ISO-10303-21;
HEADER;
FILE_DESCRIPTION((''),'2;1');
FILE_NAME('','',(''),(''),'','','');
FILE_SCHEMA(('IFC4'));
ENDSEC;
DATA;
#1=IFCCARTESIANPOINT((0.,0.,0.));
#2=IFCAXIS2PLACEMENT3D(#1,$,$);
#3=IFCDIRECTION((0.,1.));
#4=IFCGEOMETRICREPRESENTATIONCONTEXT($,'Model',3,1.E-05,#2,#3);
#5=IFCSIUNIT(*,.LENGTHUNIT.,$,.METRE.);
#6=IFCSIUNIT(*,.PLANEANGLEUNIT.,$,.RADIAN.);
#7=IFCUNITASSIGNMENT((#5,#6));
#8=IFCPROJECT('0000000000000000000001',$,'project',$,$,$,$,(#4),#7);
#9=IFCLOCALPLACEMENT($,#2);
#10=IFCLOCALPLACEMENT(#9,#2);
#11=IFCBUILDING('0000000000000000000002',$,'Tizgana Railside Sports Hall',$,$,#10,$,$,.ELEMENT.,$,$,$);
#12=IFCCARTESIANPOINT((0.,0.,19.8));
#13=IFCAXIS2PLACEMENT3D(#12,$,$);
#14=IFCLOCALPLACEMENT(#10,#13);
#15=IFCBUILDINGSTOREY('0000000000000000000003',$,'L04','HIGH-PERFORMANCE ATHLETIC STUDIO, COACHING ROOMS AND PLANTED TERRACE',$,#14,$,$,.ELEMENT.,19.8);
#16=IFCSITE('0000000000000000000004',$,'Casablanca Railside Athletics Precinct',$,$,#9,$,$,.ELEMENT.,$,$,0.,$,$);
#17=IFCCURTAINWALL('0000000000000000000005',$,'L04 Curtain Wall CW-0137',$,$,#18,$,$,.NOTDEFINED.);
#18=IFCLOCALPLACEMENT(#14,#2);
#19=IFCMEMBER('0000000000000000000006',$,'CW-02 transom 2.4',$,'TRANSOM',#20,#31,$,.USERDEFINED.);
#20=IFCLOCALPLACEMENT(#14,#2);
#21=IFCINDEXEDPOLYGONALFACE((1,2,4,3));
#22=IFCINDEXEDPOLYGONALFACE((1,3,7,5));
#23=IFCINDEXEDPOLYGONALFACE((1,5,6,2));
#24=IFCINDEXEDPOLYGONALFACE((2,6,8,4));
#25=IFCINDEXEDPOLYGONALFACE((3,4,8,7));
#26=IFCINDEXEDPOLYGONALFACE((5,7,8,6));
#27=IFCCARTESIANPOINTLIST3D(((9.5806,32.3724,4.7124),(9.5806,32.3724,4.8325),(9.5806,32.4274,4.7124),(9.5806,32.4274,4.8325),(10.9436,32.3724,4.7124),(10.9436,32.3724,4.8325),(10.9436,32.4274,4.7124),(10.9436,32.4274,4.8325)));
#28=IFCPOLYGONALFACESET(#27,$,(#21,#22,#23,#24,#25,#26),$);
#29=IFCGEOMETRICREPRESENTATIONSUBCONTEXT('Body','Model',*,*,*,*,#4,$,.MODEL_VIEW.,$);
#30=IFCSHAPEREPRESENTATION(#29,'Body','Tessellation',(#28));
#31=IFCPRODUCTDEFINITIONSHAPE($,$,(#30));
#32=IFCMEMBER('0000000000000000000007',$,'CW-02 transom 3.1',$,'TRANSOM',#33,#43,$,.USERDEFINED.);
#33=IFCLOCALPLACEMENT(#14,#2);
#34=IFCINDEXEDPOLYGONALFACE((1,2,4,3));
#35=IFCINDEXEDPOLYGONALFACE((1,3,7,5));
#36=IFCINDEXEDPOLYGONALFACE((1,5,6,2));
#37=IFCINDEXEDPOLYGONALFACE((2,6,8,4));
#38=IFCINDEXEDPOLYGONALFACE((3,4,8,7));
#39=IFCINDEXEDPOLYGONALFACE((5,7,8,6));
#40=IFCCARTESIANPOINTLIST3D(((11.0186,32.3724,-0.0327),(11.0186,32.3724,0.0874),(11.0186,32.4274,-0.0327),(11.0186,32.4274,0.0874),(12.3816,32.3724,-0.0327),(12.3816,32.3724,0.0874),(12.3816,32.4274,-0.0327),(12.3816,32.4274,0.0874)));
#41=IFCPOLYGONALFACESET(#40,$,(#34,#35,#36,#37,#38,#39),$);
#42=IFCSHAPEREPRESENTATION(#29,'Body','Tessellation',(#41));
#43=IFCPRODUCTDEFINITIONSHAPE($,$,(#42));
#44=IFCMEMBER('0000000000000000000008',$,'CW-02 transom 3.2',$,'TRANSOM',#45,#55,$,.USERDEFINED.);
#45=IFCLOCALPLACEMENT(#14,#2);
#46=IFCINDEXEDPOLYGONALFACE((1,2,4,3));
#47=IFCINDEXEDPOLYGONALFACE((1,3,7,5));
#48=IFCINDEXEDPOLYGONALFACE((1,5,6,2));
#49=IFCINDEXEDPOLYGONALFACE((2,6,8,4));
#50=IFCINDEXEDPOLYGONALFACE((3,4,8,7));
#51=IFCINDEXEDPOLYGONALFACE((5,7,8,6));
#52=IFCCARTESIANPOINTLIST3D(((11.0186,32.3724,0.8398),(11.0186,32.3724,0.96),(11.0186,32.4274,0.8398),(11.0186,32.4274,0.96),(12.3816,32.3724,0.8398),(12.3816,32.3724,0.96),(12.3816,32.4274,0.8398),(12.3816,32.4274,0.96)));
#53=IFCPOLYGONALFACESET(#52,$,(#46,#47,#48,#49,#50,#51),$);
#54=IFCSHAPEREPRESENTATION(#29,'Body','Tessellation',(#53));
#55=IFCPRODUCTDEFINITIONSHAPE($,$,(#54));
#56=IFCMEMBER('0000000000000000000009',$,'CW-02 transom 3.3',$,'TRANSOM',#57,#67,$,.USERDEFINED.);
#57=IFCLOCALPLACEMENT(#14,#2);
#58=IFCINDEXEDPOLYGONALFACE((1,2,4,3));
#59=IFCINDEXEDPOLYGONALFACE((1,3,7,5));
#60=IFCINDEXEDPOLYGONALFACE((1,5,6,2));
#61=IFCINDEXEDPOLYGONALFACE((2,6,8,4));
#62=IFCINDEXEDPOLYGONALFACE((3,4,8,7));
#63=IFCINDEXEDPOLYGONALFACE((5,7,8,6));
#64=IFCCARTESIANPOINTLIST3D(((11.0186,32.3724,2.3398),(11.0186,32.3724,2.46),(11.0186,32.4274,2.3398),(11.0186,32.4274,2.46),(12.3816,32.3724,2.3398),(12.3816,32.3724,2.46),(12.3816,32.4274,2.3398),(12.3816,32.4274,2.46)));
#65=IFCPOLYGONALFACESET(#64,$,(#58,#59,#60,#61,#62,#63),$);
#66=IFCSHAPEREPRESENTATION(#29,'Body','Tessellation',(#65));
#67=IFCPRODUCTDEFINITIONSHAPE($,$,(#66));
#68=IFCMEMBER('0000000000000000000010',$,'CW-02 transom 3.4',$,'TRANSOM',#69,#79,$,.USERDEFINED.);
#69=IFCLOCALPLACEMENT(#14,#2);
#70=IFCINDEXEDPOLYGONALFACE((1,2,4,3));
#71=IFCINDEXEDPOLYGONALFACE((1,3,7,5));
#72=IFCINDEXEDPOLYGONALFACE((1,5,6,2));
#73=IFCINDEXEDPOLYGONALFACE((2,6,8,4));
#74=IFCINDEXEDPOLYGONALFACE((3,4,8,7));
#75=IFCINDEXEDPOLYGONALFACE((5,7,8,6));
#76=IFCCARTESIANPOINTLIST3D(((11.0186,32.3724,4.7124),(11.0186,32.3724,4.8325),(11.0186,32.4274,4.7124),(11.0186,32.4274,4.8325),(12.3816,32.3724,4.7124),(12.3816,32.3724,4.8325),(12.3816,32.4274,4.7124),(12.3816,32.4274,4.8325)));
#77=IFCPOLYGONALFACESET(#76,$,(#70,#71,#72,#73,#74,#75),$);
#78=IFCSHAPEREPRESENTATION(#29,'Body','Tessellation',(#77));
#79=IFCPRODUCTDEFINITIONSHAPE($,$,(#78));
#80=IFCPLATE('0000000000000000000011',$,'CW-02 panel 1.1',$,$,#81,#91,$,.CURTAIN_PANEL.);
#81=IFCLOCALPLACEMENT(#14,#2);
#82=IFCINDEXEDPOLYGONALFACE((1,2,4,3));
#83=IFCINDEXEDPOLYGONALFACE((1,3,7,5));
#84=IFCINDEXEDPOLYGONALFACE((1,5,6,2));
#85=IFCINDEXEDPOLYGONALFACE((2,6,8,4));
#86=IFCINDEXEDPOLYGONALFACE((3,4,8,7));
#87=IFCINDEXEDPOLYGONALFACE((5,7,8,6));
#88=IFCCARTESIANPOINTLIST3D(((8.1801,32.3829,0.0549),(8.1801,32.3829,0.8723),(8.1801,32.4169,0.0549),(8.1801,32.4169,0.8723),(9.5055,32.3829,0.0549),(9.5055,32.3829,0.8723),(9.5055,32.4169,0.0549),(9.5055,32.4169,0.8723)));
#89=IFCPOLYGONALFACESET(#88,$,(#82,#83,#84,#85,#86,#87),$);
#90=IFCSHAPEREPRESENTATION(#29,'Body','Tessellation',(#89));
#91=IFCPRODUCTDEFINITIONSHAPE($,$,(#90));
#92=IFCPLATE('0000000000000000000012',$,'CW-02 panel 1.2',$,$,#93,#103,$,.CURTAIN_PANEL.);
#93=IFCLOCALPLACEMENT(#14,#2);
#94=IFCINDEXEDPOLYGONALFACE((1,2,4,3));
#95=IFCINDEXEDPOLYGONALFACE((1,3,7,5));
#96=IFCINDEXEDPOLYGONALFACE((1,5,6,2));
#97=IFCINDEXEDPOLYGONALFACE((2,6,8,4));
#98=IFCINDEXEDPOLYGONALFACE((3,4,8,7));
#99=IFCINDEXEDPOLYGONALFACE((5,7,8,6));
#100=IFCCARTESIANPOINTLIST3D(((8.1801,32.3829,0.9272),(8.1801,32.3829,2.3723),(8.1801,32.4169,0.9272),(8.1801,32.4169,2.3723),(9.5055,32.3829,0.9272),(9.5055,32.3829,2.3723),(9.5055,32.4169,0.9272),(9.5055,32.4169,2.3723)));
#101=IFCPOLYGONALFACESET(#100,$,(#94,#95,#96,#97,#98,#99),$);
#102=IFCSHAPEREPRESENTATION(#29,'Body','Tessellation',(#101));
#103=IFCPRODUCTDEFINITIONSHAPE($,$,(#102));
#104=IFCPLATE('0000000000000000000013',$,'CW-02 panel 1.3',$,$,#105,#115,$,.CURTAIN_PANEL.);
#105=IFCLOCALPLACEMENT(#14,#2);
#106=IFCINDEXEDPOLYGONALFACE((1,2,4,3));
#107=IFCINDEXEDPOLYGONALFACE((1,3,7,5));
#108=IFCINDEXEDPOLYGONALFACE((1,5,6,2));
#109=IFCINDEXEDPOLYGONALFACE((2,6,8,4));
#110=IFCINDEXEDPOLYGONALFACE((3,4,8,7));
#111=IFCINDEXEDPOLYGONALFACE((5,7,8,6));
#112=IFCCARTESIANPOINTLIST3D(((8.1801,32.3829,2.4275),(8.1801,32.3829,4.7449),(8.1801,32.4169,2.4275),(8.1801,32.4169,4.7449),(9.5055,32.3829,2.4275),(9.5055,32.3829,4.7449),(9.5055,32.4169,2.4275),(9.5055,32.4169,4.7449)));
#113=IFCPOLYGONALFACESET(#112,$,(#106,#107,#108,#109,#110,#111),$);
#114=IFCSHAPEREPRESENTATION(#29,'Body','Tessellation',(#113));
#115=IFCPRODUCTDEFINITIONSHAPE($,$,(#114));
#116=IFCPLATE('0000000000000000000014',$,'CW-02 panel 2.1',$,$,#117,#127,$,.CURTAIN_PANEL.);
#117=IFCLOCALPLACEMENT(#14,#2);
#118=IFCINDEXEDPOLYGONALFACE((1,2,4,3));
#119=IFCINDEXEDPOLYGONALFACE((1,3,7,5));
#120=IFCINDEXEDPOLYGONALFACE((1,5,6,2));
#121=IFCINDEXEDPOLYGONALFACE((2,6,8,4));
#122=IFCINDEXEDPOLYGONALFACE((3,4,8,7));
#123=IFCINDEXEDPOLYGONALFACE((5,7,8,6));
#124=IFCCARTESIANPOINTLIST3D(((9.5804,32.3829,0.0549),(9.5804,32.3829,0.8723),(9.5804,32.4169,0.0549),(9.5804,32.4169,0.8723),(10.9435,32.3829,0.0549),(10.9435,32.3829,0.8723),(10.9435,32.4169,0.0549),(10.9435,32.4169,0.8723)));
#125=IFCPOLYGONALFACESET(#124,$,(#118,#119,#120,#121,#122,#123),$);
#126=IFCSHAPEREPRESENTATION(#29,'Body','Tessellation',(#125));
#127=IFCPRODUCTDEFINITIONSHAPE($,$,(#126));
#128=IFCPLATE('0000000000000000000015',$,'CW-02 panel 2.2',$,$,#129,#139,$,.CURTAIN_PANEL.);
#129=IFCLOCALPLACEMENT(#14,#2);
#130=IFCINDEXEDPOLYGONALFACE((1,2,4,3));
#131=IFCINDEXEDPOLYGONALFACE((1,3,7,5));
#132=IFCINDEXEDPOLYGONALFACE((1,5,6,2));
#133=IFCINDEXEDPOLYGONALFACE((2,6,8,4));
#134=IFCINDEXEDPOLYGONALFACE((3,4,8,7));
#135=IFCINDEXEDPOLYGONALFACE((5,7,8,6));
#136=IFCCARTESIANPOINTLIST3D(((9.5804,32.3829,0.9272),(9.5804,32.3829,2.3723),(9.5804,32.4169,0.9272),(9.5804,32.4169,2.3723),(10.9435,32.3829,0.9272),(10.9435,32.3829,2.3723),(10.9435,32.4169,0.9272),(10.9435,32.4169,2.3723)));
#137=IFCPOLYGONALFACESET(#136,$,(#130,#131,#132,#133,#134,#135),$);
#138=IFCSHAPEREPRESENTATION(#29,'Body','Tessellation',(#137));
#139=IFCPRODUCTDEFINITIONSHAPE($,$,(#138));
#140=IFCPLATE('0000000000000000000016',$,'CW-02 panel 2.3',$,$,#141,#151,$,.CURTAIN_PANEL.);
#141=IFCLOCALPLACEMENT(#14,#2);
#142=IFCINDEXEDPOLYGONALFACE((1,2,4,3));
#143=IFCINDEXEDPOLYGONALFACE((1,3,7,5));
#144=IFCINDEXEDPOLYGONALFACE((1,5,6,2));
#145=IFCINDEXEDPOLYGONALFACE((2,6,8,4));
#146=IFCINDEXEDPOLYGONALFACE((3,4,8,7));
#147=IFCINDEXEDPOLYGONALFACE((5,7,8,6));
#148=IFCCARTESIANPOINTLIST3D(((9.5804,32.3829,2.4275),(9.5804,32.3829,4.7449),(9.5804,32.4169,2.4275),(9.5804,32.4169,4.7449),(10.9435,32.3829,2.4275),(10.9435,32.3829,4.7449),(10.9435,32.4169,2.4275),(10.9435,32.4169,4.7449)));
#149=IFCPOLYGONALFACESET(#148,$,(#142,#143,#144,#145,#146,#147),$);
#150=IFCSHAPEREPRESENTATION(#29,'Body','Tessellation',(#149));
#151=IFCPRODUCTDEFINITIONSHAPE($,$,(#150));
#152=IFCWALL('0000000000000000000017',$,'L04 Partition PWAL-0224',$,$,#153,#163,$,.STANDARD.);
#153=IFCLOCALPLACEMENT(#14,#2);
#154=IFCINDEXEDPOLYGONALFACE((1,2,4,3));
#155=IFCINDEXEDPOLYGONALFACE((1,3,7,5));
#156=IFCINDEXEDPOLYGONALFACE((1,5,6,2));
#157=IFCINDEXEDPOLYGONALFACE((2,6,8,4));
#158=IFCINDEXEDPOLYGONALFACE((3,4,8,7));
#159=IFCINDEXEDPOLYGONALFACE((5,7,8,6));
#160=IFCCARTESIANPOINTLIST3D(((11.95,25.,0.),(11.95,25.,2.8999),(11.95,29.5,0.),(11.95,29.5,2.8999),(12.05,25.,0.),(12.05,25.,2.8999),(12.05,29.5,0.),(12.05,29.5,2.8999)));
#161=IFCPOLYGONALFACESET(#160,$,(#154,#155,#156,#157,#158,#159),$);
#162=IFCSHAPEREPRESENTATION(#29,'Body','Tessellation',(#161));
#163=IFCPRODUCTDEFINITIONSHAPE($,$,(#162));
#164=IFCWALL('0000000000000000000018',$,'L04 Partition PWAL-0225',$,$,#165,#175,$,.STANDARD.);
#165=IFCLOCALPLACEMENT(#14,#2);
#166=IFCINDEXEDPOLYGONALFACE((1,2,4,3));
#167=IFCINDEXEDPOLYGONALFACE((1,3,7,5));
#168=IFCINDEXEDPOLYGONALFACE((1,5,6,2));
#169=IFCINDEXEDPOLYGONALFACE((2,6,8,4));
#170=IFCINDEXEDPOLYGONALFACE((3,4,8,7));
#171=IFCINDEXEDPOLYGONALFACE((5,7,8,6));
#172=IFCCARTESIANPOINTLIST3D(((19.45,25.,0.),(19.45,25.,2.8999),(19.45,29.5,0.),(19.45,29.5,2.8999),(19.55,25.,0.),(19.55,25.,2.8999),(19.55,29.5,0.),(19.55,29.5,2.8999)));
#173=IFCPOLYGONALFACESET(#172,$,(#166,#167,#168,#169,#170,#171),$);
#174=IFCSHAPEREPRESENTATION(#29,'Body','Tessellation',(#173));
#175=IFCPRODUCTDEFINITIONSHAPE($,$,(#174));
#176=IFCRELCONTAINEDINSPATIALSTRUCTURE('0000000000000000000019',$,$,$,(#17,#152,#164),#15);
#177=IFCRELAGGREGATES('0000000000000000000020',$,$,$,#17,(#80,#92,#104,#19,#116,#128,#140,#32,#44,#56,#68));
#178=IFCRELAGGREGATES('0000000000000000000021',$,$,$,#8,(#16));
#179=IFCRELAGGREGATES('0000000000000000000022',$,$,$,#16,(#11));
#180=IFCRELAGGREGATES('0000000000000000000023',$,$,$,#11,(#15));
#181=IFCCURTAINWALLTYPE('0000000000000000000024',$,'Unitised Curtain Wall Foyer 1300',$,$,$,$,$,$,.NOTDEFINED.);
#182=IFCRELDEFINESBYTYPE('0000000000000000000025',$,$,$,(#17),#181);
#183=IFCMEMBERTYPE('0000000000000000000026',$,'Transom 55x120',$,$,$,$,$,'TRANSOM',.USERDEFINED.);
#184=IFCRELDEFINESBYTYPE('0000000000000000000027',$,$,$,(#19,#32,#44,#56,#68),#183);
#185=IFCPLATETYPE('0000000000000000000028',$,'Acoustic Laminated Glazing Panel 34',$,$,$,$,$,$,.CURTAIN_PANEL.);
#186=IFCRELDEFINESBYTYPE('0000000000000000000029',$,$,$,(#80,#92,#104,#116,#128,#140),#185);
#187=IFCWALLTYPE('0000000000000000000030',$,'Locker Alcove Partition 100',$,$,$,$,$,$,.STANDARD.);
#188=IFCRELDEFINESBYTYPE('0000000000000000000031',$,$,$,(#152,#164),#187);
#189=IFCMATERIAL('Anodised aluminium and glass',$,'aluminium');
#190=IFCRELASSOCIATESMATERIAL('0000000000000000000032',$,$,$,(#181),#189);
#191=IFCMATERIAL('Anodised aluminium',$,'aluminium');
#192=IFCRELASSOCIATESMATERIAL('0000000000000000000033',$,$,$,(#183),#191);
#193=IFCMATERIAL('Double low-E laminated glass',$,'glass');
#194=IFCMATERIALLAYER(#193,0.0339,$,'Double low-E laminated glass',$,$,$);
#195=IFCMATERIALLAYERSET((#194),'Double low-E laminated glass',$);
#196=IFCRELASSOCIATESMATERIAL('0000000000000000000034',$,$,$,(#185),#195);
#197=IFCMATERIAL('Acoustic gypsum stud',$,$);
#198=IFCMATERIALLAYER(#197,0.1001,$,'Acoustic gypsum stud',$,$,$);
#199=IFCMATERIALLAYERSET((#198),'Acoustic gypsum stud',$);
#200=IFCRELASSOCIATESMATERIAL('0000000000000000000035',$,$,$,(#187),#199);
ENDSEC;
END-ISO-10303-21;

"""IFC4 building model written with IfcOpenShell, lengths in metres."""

from ifc_helpers import new_model, si_unit, direction, frame, frame_2d, origin, origin_2d, place, context, subcontext, project, spatial, rectangle, extrude, material, layer, layer_set, material_profile, profile_set, type_object, element, aggregate, save


model = new_model("IFC4")

# Units and contexts
model_context = context("Model", 3, precision=1e-05, world=origin(), true_north=direction((0.0, 1.0)))
body_context = subcontext(model_context, "Body", "Model", "MODEL_VIEW")
ifc_project = project(units=[si_unit("LENGTHUNIT", "METRE"), si_unit("PLANEANGLEUNIT", "RADIAN")], contexts=[model_context])

# Site, building, storey
site_placement = place(None, origin())
site = spatial("IfcSite", under=ifc_project, at=site_placement, Name="Casablanca Railside Athletics Precinct", CompositionType="ELEMENT", RefElevation=0.0)
building_placement = place(site_placement, origin())
building = spatial("IfcBuilding", under=site, at=building_placement, Name="Tizgana Railside Sports Hall", CompositionType="ELEMENT")
storey_placement = place(building_placement, frame((0.0, 0.0, 19.8)))
storey = spatial("IfcBuildingStorey", under=building, at=storey_placement, Name="L04", Description="HIGH-PERFORMANCE ATHLETIC STUDIO, COACHING ROOMS AND PLANTED TERRACE", CompositionType="ELEMENT", Elevation=19.8)

# Curtain wall
ifc_material_1 = material(Name="Anodised aluminium and glass", Category="aluminium")
curtain_wall_type = type_object("IfcCurtainWallType", Name="Unitised Curtain Wall Foyer 1300", PredefinedType="NOTDEFINED", material=ifc_material_1)
curtain_wall_placement = place(storey_placement, origin())
curtain_wall = element("IfcCurtainWall", 1, at=curtain_wall_placement, inside=storey, type_object=curtain_wall_type, Name="L04 Curtain Wall CW-0137", PredefinedType="NOTDEFINED")
ifc_material_2 = material(Name="Anodised aluminium", Category="aluminium")

# Members
ifc_material_profile_1 = material_profile(ifc_material_2, rectangle(XDim=0.0549, YDim=0.1201, at=origin_2d()), Name="Transom 55x120")
ifc_profile_set_1 = profile_set([ifc_material_profile_1], Name="Anodised aluminium")
member_type_1 = type_object("IfcMemberType", Name="Transom 55x120", ElementType="TRANSOM", PredefinedType="USERDEFINED", material=ifc_profile_set_1)
member_1_placement = place(storey_placement, frame((9.5806, 32.3999, 4.7725), z_axis=(1.0, 0.0, 0.0), x_axis=(0.0, 1.0, 0.0)))
member_1 = element("IfcMember", 2, at=member_1_placement, type_object=member_type_1, Name="CW-02 transom 2.4", ObjectType="TRANSOM", PredefinedType="USERDEFINED", context=body_context, shape_type="SweptSolid", body=[
    extrude(rectangle(XDim=0.0549, YDim=0.1201, at=origin_2d()), origin(), (0.0, 0.0, 1.0), 1.363),
])
member_2_placement = place(storey_placement, frame((11.0186, 32.3999, 0.0273), z_axis=(1.0, 0.0, 0.0), x_axis=(0.0, 1.0, 0.0)))
member_2 = element("IfcMember", 3, at=member_2_placement, type_object=member_type_1, Name="CW-02 transom 3.1", ObjectType="TRANSOM", PredefinedType="USERDEFINED", context=body_context, shape_type="SweptSolid", body=[
    extrude(rectangle(XDim=0.0549, YDim=0.1201, at=origin_2d()), origin(), (0.0, 0.0, 1.0), 1.363),
])
member_3_placement = place(storey_placement, frame((11.0186, 32.3999, 0.8999), z_axis=(1.0, 0.0, 0.0), x_axis=(0.0, 1.0, 0.0)))
member_3 = element("IfcMember", 4, at=member_3_placement, type_object=member_type_1, Name="CW-02 transom 3.2", ObjectType="TRANSOM", PredefinedType="USERDEFINED", context=body_context, shape_type="SweptSolid", body=[
    extrude(rectangle(XDim=0.0549, YDim=0.1201, at=origin_2d()), origin(), (0.0, 0.0, 1.0), 1.363),
])
member_4_placement = place(storey_placement, frame((11.0186, 32.3999, 2.3999), z_axis=(1.0, 0.0, 0.0), x_axis=(0.0, 1.0, 0.0)))
member_4 = element("IfcMember", 5, at=member_4_placement, type_object=member_type_1, Name="CW-02 transom 3.3", ObjectType="TRANSOM", PredefinedType="USERDEFINED", context=body_context, shape_type="SweptSolid", body=[
    extrude(rectangle(XDim=0.0549, YDim=0.1201, at=origin_2d()), origin(), (0.0, 0.0, 1.0), 1.363),
])
member_5_placement = place(storey_placement, frame((11.0186, 32.3999, 4.7725), z_axis=(1.0, 0.0, 0.0), x_axis=(0.0, 1.0, 0.0)))
member_5 = element("IfcMember", 6, at=member_5_placement, type_object=member_type_1, Name="CW-02 transom 3.4", ObjectType="TRANSOM", PredefinedType="USERDEFINED", context=body_context, shape_type="SweptSolid", body=[
    extrude(rectangle(XDim=0.0549, YDim=0.1201, at=origin_2d()), origin(), (0.0, 0.0, 1.0), 1.363),
])

# Plates
ifc_material_3 = material(Name="Double low-E laminated glass", Category="glass")
ifc_layer_1 = layer(ifc_material_3, 0.0339, Name="Double low-E laminated glass")
ifc_layer_set_1 = layer_set([ifc_layer_1], Name="Double low-E laminated glass")
plate_type = type_object("IfcPlateType", Name="Acoustic Laminated Glazing Panel 34", PredefinedType="CURTAIN_PANEL", material=ifc_layer_set_1)
plate_1_placement = place(storey_placement, frame((8.8428, 32.3999, 0.0549), z_axis=(0.0, 0.0, 1.0), x_axis=(1.0, 0.0, 0.0)))
plate_1 = element("IfcPlate", 7, at=plate_1_placement, type_object=plate_type, Name="CW-02 panel 1.1", PredefinedType="CURTAIN_PANEL", context=body_context, shape_type="SweptSolid", body=[
    extrude(rectangle(XDim=1.3254, YDim=0.0339, at=origin_2d()), origin(), (0.0, 0.0, 1.0), 0.8174),
])
plate_2_placement = place(storey_placement, frame((8.8428, 32.3999, 0.9272), z_axis=(0.0, 0.0, 1.0), x_axis=(1.0, 0.0, 0.0)))
plate_2 = element("IfcPlate", 8, at=plate_2_placement, type_object=plate_type, Name="CW-02 panel 1.2", PredefinedType="CURTAIN_PANEL", context=body_context, shape_type="SweptSolid", body=[
    extrude(rectangle(XDim=1.3254, YDim=0.0339, at=origin_2d()), origin(), (0.0, 0.0, 1.0), 1.4451),
])
plate_3_placement = place(storey_placement, frame((8.8428, 32.3999, 2.4275), z_axis=(0.0, 0.0, 1.0), x_axis=(1.0, 0.0, 0.0)))
plate_3 = element("IfcPlate", 9, at=plate_3_placement, type_object=plate_type, Name="CW-02 panel 1.3", PredefinedType="CURTAIN_PANEL", context=body_context, shape_type="SweptSolid", body=[
    extrude(rectangle(XDim=1.3254, YDim=0.0339, at=origin_2d()), origin(), (0.0, 0.0, 1.0), 2.3174),
])
plate_4_placement = place(storey_placement, frame((10.262, 32.3999, 0.0549), z_axis=(0.0, 0.0, 1.0), x_axis=(1.0, 0.0, 0.0)))
plate_4 = element("IfcPlate", 10, at=plate_4_placement, type_object=plate_type, Name="CW-02 panel 2.1", PredefinedType="CURTAIN_PANEL", context=body_context, shape_type="SweptSolid", body=[
    extrude(rectangle(XDim=1.363, YDim=0.0339, at=origin_2d()), origin(), (0.0, 0.0, 1.0), 0.8174),
])
plate_5_placement = place(storey_placement, frame((10.262, 32.3999, 0.9272), z_axis=(0.0, 0.0, 1.0), x_axis=(1.0, 0.0, 0.0)))
plate_5 = element("IfcPlate", 11, at=plate_5_placement, type_object=plate_type, Name="CW-02 panel 2.2", PredefinedType="CURTAIN_PANEL", context=body_context, shape_type="SweptSolid", body=[
    extrude(rectangle(XDim=1.363, YDim=0.0339, at=origin_2d()), origin(), (0.0, 0.0, 1.0), 1.4451),
])
plate_6_placement = place(storey_placement, frame((10.262, 32.3999, 2.4275), z_axis=(0.0, 0.0, 1.0), x_axis=(1.0, 0.0, 0.0)))
plate_6 = element("IfcPlate", 12, at=plate_6_placement, type_object=plate_type, Name="CW-02 panel 2.3", PredefinedType="CURTAIN_PANEL", context=body_context, shape_type="SweptSolid", body=[
    extrude(rectangle(XDim=1.363, YDim=0.0339, at=origin_2d()), origin(), (0.0, 0.0, 1.0), 2.3174),
])
aggregate(curtain_wall, [plate_1, plate_2, plate_3, member_1, plate_4, plate_5, plate_6, member_2, member_3, member_4, member_5])

# Walls
ifc_material_4 = material(Name="Acoustic gypsum stud")
ifc_layer_2 = layer(ifc_material_4, 0.1001, Name="Acoustic gypsum stud")
ifc_layer_set_2 = layer_set([ifc_layer_2], Name="Acoustic gypsum stud")
wall_type = type_object("IfcWallType", Name="Locker Alcove Partition 100", PredefinedType="STANDARD", material=ifc_layer_set_2)
for number, where, z_axis, x_axis, name in (
    (13, (12.0, 25.0, 0.0), (0.0, 0.0, 1.0), (0.0, 1.0, 0.0), "L04 Partition PWAL-0224"),
    (14, (19.5, 25.0, 0.0), (0.0, 0.0, 1.0), (0.0, 1.0, 0.0), "L04 Partition PWAL-0225"),
):
    element("IfcWall", number, at=place(storey_placement, frame(where, z_axis=z_axis, x_axis=x_axis)), inside=storey, type_object=wall_type, Name=name, PredefinedType="STANDARD", context=body_context, shape_type="SweptSolid", body=[
        extrude(rectangle(XDim=4.5, YDim=0.1001, at=frame_2d((2.25, 0.0))), origin(), (0.0, 0.0, 1.0), 2.8999),
    ])

save(model, "model.ifc")
